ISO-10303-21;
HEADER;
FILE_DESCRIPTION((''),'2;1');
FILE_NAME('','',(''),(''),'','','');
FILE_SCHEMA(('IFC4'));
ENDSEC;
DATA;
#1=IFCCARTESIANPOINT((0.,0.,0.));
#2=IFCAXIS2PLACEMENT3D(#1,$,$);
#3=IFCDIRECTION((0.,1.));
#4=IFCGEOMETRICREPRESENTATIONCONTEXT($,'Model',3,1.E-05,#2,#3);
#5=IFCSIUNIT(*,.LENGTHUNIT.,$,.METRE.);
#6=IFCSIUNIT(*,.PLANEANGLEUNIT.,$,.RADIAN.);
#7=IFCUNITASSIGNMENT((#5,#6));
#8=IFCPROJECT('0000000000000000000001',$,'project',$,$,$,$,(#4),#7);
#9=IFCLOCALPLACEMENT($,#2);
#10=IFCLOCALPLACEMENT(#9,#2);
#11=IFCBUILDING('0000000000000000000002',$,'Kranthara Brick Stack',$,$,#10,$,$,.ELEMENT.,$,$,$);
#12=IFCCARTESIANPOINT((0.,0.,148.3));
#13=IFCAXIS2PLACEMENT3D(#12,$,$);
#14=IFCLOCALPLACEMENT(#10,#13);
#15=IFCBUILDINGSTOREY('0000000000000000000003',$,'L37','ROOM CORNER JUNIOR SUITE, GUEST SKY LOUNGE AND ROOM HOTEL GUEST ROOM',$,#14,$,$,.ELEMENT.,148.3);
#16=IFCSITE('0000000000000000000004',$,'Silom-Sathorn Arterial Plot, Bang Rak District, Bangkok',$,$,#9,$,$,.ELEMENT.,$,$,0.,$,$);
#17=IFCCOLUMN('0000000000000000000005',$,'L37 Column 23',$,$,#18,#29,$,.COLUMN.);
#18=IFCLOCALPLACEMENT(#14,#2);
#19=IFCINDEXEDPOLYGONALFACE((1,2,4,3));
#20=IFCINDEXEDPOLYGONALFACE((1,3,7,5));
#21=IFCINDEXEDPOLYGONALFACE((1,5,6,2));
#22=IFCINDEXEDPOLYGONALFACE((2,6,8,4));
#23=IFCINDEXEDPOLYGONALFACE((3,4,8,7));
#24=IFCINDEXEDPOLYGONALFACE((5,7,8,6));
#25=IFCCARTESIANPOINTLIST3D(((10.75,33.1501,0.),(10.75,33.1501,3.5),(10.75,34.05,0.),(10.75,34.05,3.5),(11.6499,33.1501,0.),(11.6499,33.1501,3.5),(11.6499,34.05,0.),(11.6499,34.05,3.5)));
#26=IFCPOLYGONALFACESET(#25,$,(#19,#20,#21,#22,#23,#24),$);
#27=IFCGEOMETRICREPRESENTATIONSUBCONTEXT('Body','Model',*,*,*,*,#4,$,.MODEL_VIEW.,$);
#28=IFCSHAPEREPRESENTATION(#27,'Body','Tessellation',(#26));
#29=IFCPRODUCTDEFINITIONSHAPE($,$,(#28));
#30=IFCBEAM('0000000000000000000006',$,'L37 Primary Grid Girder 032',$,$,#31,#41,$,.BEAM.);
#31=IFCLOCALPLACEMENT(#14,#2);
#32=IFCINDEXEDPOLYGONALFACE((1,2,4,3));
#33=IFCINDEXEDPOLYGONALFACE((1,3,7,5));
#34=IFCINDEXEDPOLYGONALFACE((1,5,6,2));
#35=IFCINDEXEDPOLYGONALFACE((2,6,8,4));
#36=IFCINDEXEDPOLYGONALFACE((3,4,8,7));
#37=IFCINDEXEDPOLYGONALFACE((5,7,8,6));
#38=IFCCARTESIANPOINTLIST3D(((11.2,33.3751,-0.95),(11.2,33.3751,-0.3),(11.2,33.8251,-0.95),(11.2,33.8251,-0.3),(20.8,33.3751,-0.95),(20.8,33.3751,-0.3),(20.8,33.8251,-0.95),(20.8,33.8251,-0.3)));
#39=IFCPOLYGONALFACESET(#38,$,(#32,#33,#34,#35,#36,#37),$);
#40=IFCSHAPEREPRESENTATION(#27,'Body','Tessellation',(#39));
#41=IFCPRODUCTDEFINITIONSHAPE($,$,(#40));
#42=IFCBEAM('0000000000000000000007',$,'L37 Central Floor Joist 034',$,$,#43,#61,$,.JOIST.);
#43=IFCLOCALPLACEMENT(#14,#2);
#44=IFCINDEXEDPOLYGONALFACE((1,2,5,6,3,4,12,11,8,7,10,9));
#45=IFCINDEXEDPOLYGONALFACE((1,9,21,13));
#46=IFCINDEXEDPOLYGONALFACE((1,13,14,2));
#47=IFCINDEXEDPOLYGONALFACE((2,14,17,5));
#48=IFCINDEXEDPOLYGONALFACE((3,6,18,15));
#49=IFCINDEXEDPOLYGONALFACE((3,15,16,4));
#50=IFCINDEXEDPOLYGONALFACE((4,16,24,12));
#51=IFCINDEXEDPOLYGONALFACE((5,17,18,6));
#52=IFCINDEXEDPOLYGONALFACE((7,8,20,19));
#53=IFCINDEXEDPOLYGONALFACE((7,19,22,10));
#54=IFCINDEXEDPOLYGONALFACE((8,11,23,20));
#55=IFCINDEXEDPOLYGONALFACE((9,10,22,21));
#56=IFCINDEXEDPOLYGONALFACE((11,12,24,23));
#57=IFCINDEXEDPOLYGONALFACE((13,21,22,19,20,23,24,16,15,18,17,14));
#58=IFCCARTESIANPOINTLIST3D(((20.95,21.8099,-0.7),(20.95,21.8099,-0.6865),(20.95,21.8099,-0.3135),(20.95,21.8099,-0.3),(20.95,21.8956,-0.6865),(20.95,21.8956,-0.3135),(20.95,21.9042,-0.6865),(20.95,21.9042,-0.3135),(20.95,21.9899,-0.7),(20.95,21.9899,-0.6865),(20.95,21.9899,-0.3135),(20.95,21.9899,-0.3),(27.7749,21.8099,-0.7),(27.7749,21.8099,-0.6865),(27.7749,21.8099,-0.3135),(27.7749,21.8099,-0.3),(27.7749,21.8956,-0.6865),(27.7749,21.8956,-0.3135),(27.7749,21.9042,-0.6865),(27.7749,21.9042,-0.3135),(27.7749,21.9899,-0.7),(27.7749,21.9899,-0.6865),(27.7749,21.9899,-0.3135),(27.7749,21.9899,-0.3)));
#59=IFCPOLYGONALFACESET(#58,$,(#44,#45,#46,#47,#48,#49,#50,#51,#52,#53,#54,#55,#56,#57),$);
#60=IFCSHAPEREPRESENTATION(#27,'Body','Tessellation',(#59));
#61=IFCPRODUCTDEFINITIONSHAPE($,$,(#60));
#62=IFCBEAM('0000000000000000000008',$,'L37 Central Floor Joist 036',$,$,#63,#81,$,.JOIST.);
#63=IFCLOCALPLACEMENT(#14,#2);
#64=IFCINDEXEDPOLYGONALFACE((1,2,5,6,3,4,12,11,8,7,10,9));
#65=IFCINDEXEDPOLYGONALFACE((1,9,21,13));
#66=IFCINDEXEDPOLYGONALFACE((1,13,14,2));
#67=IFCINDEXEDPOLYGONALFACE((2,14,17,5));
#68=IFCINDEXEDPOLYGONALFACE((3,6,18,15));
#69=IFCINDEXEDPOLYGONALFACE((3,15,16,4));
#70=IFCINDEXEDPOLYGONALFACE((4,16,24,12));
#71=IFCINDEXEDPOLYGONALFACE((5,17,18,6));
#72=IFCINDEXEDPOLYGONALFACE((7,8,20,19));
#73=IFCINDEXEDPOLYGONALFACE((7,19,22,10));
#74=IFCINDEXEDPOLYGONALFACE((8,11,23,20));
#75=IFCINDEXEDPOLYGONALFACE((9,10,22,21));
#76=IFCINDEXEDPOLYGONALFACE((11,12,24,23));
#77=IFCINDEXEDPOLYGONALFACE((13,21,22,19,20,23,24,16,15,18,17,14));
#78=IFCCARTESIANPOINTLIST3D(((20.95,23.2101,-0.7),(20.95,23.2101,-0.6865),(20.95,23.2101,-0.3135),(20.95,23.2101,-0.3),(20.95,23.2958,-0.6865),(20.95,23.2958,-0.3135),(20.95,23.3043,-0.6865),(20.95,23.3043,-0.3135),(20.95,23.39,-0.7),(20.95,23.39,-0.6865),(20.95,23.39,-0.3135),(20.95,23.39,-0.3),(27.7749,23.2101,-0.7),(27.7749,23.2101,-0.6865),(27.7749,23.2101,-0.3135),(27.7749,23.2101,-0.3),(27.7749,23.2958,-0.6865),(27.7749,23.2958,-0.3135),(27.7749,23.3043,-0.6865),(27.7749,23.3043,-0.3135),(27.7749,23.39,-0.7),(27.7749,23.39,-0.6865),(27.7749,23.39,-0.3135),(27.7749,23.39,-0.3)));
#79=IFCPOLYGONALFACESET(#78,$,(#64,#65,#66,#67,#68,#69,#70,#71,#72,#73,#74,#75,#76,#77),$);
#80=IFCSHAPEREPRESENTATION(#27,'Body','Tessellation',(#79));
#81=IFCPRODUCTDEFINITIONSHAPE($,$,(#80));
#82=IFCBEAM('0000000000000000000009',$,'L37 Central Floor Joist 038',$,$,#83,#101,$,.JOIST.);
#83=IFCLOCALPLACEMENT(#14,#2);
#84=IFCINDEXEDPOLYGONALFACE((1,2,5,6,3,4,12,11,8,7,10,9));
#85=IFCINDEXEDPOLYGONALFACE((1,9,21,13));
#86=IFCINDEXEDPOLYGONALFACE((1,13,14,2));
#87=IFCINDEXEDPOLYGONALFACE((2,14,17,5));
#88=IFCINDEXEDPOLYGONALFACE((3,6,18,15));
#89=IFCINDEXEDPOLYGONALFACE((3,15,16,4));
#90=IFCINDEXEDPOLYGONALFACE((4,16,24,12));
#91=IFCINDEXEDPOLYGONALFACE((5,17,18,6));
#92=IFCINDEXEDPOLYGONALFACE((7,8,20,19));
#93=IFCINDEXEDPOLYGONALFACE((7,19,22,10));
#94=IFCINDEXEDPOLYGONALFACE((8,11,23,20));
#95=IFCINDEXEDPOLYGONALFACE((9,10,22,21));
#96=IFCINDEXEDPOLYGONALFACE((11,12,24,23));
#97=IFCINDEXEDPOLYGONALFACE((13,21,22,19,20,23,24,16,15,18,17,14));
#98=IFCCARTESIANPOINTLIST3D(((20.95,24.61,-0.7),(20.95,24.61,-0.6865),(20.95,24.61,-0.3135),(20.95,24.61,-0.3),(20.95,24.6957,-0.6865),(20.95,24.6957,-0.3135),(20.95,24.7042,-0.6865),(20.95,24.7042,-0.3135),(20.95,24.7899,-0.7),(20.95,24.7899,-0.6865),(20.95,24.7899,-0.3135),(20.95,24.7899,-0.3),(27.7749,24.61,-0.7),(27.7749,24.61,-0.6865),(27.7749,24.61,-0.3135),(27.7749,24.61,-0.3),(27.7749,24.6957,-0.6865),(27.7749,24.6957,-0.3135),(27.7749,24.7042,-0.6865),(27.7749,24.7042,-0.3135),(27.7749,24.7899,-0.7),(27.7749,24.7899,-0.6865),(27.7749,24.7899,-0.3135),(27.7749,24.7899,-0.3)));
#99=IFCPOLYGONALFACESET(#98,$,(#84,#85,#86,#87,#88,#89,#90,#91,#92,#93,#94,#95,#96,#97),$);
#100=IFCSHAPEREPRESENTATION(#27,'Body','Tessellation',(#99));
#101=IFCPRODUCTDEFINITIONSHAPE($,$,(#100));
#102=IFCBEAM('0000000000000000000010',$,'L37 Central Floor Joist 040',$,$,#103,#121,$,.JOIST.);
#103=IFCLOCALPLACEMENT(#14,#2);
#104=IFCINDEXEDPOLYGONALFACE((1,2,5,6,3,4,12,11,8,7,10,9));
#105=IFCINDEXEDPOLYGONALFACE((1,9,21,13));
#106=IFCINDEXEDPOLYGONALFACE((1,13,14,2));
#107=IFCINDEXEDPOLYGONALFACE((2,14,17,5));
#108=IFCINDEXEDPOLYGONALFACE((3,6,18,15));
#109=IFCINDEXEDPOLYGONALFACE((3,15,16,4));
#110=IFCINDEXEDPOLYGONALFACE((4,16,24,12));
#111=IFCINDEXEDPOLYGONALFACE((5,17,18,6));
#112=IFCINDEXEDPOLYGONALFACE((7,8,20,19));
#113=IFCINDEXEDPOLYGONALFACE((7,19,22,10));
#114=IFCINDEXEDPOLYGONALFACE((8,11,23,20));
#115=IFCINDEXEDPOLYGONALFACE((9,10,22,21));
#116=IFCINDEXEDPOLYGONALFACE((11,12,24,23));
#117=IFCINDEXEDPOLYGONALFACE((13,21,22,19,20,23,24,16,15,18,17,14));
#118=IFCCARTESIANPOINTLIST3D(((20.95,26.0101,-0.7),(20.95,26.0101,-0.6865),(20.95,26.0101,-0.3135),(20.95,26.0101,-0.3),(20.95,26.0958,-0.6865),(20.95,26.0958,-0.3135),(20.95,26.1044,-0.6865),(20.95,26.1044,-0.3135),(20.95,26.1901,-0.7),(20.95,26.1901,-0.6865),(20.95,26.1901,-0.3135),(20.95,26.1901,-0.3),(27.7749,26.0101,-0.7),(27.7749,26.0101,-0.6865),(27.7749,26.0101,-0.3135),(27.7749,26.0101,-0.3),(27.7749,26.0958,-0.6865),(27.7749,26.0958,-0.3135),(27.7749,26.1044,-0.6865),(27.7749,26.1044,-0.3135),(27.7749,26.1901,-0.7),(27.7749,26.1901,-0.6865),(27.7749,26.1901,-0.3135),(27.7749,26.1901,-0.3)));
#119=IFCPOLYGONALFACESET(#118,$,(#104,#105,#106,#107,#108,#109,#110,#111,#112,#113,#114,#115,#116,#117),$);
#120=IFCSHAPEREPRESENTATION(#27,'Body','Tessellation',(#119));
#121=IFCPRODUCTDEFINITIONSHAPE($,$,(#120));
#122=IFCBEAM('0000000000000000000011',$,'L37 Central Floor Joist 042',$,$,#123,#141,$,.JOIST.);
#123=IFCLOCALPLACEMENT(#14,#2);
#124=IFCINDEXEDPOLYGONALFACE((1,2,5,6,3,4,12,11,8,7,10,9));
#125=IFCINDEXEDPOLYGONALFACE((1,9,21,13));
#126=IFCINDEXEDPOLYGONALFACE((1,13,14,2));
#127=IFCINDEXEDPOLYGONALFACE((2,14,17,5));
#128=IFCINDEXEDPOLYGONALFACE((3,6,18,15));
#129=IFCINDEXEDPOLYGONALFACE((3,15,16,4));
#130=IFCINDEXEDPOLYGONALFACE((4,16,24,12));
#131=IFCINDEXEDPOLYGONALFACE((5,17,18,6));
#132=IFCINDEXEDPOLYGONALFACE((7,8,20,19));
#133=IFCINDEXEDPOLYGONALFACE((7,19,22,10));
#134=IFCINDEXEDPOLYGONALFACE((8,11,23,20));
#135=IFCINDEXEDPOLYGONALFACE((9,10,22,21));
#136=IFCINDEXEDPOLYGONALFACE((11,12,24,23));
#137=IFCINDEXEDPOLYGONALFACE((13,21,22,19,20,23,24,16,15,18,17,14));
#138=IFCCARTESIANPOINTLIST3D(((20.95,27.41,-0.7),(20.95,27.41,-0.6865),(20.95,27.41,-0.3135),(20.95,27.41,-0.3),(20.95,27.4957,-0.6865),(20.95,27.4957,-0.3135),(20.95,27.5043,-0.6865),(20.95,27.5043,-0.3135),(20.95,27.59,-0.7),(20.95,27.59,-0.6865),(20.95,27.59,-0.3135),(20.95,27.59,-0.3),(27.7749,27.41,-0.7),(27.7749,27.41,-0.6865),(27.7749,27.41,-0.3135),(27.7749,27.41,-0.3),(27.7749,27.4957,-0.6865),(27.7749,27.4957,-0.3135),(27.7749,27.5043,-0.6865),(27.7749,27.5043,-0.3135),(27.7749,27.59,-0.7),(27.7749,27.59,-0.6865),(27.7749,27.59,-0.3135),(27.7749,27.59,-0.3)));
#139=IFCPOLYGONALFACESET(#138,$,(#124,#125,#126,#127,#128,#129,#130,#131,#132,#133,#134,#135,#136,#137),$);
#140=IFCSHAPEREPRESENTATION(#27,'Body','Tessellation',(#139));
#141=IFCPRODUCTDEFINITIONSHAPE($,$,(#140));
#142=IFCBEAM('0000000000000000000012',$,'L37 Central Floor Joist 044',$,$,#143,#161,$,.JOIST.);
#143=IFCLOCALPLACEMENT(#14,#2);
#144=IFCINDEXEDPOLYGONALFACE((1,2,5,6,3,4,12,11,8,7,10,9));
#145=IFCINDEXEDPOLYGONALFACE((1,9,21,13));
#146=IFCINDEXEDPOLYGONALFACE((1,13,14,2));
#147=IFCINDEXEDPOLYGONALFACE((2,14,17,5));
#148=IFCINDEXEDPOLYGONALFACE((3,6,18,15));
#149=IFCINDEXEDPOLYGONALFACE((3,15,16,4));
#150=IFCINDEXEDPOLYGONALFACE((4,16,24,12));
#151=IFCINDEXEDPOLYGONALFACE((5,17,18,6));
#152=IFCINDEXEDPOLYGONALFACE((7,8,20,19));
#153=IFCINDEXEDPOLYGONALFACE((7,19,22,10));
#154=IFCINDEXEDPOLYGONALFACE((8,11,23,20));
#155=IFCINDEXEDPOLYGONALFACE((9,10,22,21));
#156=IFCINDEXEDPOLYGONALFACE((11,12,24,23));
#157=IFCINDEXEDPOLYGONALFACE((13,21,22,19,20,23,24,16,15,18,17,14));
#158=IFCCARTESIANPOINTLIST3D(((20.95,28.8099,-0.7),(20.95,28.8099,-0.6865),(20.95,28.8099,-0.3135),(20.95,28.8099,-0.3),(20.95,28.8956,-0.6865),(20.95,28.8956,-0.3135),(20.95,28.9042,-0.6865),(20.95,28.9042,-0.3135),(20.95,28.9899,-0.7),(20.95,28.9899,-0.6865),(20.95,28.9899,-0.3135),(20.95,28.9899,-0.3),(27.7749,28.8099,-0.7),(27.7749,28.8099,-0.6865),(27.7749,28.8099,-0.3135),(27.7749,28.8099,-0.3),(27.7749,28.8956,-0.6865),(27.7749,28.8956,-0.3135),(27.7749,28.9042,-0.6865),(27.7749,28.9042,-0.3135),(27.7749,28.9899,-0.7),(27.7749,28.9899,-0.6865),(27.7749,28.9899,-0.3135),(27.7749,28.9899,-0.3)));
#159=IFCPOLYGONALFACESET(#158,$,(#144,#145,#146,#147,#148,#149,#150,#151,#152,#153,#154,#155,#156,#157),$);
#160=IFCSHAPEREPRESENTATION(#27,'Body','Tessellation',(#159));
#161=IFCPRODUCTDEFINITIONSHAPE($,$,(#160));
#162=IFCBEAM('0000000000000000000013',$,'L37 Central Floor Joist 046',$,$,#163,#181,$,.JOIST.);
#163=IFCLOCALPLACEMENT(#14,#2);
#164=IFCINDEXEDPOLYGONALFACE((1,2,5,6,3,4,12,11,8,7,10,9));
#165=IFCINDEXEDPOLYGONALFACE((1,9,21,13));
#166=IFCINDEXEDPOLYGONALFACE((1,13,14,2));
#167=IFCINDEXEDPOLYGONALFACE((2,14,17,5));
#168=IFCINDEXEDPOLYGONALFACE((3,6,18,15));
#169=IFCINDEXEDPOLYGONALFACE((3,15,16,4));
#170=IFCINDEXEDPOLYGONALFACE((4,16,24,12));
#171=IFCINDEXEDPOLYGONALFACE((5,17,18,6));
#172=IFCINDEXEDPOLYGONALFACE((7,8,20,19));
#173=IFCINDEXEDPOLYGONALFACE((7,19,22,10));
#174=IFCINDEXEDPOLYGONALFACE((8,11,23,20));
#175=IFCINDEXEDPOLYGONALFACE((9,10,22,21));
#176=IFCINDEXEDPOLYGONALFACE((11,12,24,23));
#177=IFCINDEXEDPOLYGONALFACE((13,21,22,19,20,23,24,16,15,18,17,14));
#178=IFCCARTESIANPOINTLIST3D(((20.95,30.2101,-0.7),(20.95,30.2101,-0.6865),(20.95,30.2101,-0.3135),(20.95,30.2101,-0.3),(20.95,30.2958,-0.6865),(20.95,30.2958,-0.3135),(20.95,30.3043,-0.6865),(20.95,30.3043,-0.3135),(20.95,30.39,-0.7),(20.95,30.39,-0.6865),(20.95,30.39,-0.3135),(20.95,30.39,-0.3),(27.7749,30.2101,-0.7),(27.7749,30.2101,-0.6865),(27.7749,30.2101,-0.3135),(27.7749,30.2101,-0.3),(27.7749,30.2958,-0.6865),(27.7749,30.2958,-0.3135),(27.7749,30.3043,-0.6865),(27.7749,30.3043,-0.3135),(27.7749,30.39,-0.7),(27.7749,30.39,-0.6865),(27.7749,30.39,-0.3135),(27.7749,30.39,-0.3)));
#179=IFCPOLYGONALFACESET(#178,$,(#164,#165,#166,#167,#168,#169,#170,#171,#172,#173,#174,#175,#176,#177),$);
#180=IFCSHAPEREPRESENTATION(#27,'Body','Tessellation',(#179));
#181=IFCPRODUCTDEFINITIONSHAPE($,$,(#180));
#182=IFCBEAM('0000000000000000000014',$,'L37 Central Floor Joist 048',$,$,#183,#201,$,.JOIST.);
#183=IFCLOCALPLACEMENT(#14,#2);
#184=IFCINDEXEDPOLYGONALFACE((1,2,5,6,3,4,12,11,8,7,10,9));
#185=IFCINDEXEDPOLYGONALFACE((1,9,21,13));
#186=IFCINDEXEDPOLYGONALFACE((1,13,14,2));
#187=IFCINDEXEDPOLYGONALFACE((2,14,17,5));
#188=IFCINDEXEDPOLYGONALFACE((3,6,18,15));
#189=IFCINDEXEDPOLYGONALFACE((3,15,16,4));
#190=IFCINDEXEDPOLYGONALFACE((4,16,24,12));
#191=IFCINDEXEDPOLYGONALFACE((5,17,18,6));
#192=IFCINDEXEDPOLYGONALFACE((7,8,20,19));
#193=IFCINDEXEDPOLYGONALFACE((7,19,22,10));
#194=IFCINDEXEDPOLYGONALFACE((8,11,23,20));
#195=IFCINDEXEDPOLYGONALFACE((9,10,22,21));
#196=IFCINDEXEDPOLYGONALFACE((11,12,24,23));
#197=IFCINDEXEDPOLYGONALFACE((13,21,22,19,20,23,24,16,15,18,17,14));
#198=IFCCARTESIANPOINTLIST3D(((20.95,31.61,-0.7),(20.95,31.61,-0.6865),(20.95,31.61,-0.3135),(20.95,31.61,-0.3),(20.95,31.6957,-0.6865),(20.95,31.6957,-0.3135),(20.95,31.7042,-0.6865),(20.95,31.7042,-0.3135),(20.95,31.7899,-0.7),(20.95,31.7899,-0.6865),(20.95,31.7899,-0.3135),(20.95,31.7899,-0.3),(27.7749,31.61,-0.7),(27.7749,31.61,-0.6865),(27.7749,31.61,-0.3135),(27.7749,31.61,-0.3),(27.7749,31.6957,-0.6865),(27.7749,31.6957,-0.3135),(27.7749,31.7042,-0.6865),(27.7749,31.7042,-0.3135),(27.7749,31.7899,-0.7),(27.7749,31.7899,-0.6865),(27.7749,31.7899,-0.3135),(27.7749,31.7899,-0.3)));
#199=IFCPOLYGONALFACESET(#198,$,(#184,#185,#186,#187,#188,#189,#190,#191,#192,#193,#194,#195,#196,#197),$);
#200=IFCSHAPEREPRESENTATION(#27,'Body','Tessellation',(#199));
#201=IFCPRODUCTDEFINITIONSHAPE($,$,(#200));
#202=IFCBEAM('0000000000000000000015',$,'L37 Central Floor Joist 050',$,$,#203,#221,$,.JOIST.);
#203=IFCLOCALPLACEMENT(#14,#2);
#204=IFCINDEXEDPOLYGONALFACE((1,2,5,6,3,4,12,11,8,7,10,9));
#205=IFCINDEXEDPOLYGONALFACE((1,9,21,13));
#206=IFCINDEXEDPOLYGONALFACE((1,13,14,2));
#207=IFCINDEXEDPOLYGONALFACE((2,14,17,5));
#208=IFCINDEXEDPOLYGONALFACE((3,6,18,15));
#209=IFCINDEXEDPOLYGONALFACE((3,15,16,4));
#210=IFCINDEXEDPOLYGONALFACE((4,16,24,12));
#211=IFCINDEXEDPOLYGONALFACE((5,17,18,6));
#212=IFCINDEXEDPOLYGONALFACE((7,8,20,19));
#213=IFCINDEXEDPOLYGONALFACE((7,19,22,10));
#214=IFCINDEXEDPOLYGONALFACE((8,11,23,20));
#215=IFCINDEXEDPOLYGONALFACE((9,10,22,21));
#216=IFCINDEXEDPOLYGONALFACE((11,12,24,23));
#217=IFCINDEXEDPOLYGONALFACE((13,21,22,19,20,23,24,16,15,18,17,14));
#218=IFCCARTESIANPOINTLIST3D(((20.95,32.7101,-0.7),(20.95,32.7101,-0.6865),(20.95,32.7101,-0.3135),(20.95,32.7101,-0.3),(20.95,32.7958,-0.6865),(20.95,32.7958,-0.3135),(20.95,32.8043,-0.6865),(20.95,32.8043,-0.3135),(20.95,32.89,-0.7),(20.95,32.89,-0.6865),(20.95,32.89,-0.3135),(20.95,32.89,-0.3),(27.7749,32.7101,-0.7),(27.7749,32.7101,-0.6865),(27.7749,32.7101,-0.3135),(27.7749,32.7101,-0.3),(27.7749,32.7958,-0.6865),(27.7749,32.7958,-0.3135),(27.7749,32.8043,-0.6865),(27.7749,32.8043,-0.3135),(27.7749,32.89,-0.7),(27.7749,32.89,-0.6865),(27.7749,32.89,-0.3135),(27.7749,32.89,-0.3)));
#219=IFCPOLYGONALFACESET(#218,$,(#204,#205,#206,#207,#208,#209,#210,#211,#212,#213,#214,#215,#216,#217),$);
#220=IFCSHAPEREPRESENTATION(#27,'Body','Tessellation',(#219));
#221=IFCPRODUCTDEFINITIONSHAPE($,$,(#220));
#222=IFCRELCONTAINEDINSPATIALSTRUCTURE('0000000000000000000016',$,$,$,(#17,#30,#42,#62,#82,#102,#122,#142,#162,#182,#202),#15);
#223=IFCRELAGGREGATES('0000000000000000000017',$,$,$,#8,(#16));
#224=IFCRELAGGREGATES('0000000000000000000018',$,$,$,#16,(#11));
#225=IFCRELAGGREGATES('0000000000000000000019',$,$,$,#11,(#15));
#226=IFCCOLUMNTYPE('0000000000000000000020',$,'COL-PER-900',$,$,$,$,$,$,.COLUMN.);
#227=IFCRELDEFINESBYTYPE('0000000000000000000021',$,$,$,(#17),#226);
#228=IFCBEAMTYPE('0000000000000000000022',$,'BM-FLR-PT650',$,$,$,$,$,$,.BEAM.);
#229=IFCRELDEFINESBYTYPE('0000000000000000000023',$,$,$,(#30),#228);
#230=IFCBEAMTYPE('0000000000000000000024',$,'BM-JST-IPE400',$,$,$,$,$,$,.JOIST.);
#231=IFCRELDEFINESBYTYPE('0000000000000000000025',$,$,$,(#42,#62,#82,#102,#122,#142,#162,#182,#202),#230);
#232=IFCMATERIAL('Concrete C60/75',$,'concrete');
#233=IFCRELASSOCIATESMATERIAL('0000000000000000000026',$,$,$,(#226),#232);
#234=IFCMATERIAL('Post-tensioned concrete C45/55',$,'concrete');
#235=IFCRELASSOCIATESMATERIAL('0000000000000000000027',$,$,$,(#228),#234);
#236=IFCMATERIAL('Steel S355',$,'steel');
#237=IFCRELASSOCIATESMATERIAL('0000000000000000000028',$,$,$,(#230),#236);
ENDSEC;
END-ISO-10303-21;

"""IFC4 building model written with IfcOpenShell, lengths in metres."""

from ifc_helpers import new_model, si_unit, direction, frame, origin, origin_2d, place, context, subcontext, project, spatial, rectangle, i_section, extrude, material, material_profile, profile_set, type_object, element, save


model = new_model("IFC4")

# Units and contexts
model_context = context("Model", 3, precision=1e-05, world=origin(), true_north=direction((0.0, 1.0)))
body_context = subcontext(model_context, "Body", "Model", "MODEL_VIEW")
ifc_project = project(units=[si_unit("LENGTHUNIT", "METRE"), si_unit("PLANEANGLEUNIT", "RADIAN")], contexts=[model_context])

# Site, building, storey
site_placement = place(None, origin())
site = spatial("IfcSite", under=ifc_project, at=site_placement, Name="Silom-Sathorn Arterial Plot, Bang Rak District, Bangkok", CompositionType="ELEMENT", RefElevation=0.0)
building_placement = place(site_placement, origin())
building = spatial("IfcBuilding", under=site, at=building_placement, Name="Kranthara Brick Stack", CompositionType="ELEMENT")
storey_placement = place(building_placement, frame((0.0, 0.0, 148.3)))
storey = spatial("IfcBuildingStorey", under=building, at=storey_placement, Name="L37", Description="ROOM CORNER JUNIOR SUITE, GUEST SKY LOUNGE AND ROOM HOTEL GUEST ROOM", CompositionType="ELEMENT", Elevation=148.3)

# Column
ifc_material_1 = material(Name="Concrete C60/75", Category="concrete")
ifc_material_profile_1 = material_profile(ifc_material_1, rectangle(XDim=0.8999, YDim=0.8999, at=origin_2d()), Name="RC 900x900")
ifc_profile_set_1 = profile_set([ifc_material_profile_1], Name="Concrete C60/75")
column_type = type_object("IfcColumnType", Name="COL-PER-900", PredefinedType="COLUMN", material=ifc_profile_set_1)
column_placement = place(storey_placement, frame((11.2, 33.6001, 0.0), z_axis=(0.0, 0.0, 1.0), x_axis=(1.0, 0.0, 0.0)))
element("IfcColumn", 1, at=column_placement, inside=storey, type_object=column_type, Name="L37 Column 23", PredefinedType="COLUMN", context=body_context, shape_type="SweptSolid", body=[
    extrude(rectangle(XDim=0.8999, YDim=0.8999, at=origin_2d()), origin(), (0.0, 0.0, 1.0), 3.5),
])

# Beams
ifc_material_2 = material(Name="Post-tensioned concrete C45/55", Category="concrete")
ifc_material_profile_2 = material_profile(ifc_material_2, rectangle(XDim=0.45, YDim=0.6499, at=origin_2d()), Name="PT 450x650")
ifc_profile_set_2 = profile_set([ifc_material_profile_2], Name="Post-tensioned concrete C45/55")
beam_type_1 = type_object("IfcBeamType", Name="BM-FLR-PT650", PredefinedType="BEAM", material=ifc_profile_set_2)
beam_1_placement = place(storey_placement, frame((11.2, 33.6001, -0.625), z_axis=(1.0, 0.0, 0.0), x_axis=(0.0, 1.0, 0.0)))
element("IfcBeam", 2, at=beam_1_placement, inside=storey, type_object=beam_type_1, Name="L37 Primary Grid Girder 032", PredefinedType="BEAM", context=body_context, shape_type="SweptSolid", body=[
    extrude(rectangle(XDim=0.45, YDim=0.6499, at=origin_2d()), origin(), (0.0, 0.0, 1.0), 9.6001),
])
ifc_material_3 = material(Name="Steel S355", Category="steel")
ifc_material_profile_3 = material_profile(ifc_material_3, i_section(OverallWidth=0.1799, OverallDepth=0.3999, WebThickness=0.0085, FlangeThickness=0.0134, at=origin_2d()), Name="IPE 400")
ifc_profile_set_3 = profile_set([ifc_material_profile_3], Name="Steel S355")
beam_type_2 = type_object("IfcBeamType", Name="BM-JST-IPE400", PredefinedType="JOIST", material=ifc_profile_set_3)
for number, where, z_axis, x_axis, name in (
    (3, (20.95, 21.8999, -0.5), (1.0, 0.0, 0.0), (0.0, 1.0, 0.0), "L37 Central Floor Joist 034"),
    (4, (20.95, 23.3, -0.5), (1.0, 0.0, 0.0), (0.0, 1.0, 0.0), "L37 Central Floor Joist 036"),
    (5, (20.95, 24.7, -0.5), (1.0, 0.0, 0.0), (0.0, 1.0, 0.0), "L37 Central Floor Joist 038"),
    (6, (20.95, 26.1001, -0.5), (1.0, 0.0, 0.0), (0.0, 1.0, 0.0), "L37 Central Floor Joist 040"),
    (7, (20.95, 27.5, -0.5), (1.0, 0.0, 0.0), (0.0, 1.0, 0.0), "L37 Central Floor Joist 042"),
    (8, (20.95, 28.8999, -0.5), (1.0, 0.0, 0.0), (0.0, 1.0, 0.0), "L37 Central Floor Joist 044"),
    (9, (20.95, 30.3, -0.5), (1.0, 0.0, 0.0), (0.0, 1.0, 0.0), "L37 Central Floor Joist 046"),
    (10, (20.95, 31.7, -0.5), (1.0, 0.0, 0.0), (0.0, 1.0, 0.0), "L37 Central Floor Joist 048"),
    (11, (20.95, 32.8, -0.5), (1.0, 0.0, 0.0), (0.0, 1.0, 0.0), "L37 Central Floor Joist 050"),
):
    element("IfcBeam", number, at=place(storey_placement, frame(where, z_axis=z_axis, x_axis=x_axis)), inside=storey, type_object=beam_type_2, Name=name, PredefinedType="JOIST", context=body_context, shape_type="SweptSolid", body=[
        extrude(i_section(OverallWidth=0.1799, OverallDepth=0.3999, WebThickness=0.0085, FlangeThickness=0.0134, at=origin_2d()), origin(), (0.0, 0.0, 1.0), 6.825),
    ])

save(model, "model.ifc")
